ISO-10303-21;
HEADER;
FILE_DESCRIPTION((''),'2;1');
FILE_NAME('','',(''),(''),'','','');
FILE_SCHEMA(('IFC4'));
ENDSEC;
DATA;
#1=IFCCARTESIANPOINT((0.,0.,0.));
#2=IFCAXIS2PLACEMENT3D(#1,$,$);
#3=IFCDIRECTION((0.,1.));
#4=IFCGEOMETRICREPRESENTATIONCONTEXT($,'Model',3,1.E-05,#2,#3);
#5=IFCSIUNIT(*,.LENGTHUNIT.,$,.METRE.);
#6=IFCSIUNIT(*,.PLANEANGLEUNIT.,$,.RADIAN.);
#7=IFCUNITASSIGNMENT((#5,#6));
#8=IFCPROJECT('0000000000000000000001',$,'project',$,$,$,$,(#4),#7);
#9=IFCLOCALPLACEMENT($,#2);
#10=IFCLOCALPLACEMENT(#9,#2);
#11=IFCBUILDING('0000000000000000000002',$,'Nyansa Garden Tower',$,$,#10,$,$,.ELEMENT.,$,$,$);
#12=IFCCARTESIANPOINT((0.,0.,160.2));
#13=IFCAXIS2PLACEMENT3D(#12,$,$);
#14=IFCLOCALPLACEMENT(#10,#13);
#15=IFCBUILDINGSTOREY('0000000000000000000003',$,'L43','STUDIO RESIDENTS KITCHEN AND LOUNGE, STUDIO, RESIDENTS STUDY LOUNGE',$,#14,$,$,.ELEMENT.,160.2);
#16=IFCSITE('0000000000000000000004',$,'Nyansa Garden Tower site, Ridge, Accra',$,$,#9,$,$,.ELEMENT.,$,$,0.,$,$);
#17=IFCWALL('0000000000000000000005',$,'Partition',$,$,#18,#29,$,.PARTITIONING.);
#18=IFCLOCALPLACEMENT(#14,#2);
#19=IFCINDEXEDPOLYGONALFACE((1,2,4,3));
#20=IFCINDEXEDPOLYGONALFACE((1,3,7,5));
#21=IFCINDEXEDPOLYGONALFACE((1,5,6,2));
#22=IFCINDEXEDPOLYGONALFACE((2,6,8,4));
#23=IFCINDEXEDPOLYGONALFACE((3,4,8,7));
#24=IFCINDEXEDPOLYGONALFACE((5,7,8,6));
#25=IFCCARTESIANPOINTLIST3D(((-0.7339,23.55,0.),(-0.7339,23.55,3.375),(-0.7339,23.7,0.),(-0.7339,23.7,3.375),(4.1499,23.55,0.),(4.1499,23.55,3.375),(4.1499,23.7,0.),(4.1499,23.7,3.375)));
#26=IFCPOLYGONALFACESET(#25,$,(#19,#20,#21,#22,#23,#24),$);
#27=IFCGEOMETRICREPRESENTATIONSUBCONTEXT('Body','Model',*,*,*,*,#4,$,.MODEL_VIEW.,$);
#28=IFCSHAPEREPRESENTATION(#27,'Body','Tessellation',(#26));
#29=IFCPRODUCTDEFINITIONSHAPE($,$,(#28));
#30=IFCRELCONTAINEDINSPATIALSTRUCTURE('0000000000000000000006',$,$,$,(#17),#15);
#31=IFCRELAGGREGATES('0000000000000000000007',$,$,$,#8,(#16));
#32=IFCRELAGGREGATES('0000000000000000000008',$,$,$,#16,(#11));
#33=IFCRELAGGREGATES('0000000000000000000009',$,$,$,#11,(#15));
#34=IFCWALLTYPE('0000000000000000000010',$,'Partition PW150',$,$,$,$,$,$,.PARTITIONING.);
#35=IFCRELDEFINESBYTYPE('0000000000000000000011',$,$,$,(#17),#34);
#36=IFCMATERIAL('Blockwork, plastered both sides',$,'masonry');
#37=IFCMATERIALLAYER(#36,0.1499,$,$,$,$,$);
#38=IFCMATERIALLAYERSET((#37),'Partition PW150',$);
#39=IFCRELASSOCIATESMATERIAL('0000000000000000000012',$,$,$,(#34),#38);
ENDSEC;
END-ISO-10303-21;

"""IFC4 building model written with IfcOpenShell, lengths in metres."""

from ifc_helpers import new_model, si_unit, direction, frame, frame_2d, origin, place, context, subcontext, project, spatial, rectangle, extrude, material, layer, layer_set, type_object, element, save


model = new_model("IFC4")

# Units and contexts
model_context = context("Model", 3, precision=1e-05, world=origin(), true_north=direction((0.0, 1.0)))
body_context = subcontext(model_context, "Body", "Model", "MODEL_VIEW")
ifc_project = project(units=[si_unit("LENGTHUNIT", "METRE"), si_unit("PLANEANGLEUNIT", "RADIAN")], contexts=[model_context])

# Site, building, storey
site_placement = place(None, origin())
site = spatial("IfcSite", under=ifc_project, at=site_placement, Name="Nyansa Garden Tower site, Ridge, Accra", CompositionType="ELEMENT", RefElevation=0.0)
building_placement = place(site_placement, origin())
building = spatial("IfcBuilding", under=site, at=building_placement, Name="Nyansa Garden Tower", CompositionType="ELEMENT")
storey_placement = place(building_placement, frame((0.0, 0.0, 160.2)))
storey = spatial("IfcBuildingStorey", under=building, at=storey_placement, Name="L43", Description="STUDIO RESIDENTS KITCHEN AND LOUNGE, STUDIO, RESIDENTS STUDY LOUNGE", CompositionType="ELEMENT", Elevation=160.2)

# Wall
ifc_material_1 = material(Name="Blockwork, plastered both sides", Category="masonry")
ifc_layer_1 = layer(ifc_material_1, 0.1499)
ifc_layer_set_1 = layer_set([ifc_layer_1], Name="Partition PW150")
wall_type_1 = type_object("IfcWallType", Name="Partition PW150", PredefinedType="PARTITIONING", material=ifc_layer_set_1)
wall_1_placement = place(storey_placement, frame((-0.7339, 23.625, 0.0), z_axis=(0.0, 0.0, 1.0), x_axis=(1.0, 0.0, 0.0)))
element("IfcWall", 1, at=wall_1_placement, inside=storey, type_object=wall_type_1, Name="Partition", PredefinedType="PARTITIONING", context=body_context, shape_type="SweptSolid", body=[
    extrude(rectangle(XDim=4.8838, YDim=0.1499, at=frame_2d((2.4419, 0.0))), origin(), (0.0, 0.0, 1.0), 3.375),
])

save(model, "model.ifc")
